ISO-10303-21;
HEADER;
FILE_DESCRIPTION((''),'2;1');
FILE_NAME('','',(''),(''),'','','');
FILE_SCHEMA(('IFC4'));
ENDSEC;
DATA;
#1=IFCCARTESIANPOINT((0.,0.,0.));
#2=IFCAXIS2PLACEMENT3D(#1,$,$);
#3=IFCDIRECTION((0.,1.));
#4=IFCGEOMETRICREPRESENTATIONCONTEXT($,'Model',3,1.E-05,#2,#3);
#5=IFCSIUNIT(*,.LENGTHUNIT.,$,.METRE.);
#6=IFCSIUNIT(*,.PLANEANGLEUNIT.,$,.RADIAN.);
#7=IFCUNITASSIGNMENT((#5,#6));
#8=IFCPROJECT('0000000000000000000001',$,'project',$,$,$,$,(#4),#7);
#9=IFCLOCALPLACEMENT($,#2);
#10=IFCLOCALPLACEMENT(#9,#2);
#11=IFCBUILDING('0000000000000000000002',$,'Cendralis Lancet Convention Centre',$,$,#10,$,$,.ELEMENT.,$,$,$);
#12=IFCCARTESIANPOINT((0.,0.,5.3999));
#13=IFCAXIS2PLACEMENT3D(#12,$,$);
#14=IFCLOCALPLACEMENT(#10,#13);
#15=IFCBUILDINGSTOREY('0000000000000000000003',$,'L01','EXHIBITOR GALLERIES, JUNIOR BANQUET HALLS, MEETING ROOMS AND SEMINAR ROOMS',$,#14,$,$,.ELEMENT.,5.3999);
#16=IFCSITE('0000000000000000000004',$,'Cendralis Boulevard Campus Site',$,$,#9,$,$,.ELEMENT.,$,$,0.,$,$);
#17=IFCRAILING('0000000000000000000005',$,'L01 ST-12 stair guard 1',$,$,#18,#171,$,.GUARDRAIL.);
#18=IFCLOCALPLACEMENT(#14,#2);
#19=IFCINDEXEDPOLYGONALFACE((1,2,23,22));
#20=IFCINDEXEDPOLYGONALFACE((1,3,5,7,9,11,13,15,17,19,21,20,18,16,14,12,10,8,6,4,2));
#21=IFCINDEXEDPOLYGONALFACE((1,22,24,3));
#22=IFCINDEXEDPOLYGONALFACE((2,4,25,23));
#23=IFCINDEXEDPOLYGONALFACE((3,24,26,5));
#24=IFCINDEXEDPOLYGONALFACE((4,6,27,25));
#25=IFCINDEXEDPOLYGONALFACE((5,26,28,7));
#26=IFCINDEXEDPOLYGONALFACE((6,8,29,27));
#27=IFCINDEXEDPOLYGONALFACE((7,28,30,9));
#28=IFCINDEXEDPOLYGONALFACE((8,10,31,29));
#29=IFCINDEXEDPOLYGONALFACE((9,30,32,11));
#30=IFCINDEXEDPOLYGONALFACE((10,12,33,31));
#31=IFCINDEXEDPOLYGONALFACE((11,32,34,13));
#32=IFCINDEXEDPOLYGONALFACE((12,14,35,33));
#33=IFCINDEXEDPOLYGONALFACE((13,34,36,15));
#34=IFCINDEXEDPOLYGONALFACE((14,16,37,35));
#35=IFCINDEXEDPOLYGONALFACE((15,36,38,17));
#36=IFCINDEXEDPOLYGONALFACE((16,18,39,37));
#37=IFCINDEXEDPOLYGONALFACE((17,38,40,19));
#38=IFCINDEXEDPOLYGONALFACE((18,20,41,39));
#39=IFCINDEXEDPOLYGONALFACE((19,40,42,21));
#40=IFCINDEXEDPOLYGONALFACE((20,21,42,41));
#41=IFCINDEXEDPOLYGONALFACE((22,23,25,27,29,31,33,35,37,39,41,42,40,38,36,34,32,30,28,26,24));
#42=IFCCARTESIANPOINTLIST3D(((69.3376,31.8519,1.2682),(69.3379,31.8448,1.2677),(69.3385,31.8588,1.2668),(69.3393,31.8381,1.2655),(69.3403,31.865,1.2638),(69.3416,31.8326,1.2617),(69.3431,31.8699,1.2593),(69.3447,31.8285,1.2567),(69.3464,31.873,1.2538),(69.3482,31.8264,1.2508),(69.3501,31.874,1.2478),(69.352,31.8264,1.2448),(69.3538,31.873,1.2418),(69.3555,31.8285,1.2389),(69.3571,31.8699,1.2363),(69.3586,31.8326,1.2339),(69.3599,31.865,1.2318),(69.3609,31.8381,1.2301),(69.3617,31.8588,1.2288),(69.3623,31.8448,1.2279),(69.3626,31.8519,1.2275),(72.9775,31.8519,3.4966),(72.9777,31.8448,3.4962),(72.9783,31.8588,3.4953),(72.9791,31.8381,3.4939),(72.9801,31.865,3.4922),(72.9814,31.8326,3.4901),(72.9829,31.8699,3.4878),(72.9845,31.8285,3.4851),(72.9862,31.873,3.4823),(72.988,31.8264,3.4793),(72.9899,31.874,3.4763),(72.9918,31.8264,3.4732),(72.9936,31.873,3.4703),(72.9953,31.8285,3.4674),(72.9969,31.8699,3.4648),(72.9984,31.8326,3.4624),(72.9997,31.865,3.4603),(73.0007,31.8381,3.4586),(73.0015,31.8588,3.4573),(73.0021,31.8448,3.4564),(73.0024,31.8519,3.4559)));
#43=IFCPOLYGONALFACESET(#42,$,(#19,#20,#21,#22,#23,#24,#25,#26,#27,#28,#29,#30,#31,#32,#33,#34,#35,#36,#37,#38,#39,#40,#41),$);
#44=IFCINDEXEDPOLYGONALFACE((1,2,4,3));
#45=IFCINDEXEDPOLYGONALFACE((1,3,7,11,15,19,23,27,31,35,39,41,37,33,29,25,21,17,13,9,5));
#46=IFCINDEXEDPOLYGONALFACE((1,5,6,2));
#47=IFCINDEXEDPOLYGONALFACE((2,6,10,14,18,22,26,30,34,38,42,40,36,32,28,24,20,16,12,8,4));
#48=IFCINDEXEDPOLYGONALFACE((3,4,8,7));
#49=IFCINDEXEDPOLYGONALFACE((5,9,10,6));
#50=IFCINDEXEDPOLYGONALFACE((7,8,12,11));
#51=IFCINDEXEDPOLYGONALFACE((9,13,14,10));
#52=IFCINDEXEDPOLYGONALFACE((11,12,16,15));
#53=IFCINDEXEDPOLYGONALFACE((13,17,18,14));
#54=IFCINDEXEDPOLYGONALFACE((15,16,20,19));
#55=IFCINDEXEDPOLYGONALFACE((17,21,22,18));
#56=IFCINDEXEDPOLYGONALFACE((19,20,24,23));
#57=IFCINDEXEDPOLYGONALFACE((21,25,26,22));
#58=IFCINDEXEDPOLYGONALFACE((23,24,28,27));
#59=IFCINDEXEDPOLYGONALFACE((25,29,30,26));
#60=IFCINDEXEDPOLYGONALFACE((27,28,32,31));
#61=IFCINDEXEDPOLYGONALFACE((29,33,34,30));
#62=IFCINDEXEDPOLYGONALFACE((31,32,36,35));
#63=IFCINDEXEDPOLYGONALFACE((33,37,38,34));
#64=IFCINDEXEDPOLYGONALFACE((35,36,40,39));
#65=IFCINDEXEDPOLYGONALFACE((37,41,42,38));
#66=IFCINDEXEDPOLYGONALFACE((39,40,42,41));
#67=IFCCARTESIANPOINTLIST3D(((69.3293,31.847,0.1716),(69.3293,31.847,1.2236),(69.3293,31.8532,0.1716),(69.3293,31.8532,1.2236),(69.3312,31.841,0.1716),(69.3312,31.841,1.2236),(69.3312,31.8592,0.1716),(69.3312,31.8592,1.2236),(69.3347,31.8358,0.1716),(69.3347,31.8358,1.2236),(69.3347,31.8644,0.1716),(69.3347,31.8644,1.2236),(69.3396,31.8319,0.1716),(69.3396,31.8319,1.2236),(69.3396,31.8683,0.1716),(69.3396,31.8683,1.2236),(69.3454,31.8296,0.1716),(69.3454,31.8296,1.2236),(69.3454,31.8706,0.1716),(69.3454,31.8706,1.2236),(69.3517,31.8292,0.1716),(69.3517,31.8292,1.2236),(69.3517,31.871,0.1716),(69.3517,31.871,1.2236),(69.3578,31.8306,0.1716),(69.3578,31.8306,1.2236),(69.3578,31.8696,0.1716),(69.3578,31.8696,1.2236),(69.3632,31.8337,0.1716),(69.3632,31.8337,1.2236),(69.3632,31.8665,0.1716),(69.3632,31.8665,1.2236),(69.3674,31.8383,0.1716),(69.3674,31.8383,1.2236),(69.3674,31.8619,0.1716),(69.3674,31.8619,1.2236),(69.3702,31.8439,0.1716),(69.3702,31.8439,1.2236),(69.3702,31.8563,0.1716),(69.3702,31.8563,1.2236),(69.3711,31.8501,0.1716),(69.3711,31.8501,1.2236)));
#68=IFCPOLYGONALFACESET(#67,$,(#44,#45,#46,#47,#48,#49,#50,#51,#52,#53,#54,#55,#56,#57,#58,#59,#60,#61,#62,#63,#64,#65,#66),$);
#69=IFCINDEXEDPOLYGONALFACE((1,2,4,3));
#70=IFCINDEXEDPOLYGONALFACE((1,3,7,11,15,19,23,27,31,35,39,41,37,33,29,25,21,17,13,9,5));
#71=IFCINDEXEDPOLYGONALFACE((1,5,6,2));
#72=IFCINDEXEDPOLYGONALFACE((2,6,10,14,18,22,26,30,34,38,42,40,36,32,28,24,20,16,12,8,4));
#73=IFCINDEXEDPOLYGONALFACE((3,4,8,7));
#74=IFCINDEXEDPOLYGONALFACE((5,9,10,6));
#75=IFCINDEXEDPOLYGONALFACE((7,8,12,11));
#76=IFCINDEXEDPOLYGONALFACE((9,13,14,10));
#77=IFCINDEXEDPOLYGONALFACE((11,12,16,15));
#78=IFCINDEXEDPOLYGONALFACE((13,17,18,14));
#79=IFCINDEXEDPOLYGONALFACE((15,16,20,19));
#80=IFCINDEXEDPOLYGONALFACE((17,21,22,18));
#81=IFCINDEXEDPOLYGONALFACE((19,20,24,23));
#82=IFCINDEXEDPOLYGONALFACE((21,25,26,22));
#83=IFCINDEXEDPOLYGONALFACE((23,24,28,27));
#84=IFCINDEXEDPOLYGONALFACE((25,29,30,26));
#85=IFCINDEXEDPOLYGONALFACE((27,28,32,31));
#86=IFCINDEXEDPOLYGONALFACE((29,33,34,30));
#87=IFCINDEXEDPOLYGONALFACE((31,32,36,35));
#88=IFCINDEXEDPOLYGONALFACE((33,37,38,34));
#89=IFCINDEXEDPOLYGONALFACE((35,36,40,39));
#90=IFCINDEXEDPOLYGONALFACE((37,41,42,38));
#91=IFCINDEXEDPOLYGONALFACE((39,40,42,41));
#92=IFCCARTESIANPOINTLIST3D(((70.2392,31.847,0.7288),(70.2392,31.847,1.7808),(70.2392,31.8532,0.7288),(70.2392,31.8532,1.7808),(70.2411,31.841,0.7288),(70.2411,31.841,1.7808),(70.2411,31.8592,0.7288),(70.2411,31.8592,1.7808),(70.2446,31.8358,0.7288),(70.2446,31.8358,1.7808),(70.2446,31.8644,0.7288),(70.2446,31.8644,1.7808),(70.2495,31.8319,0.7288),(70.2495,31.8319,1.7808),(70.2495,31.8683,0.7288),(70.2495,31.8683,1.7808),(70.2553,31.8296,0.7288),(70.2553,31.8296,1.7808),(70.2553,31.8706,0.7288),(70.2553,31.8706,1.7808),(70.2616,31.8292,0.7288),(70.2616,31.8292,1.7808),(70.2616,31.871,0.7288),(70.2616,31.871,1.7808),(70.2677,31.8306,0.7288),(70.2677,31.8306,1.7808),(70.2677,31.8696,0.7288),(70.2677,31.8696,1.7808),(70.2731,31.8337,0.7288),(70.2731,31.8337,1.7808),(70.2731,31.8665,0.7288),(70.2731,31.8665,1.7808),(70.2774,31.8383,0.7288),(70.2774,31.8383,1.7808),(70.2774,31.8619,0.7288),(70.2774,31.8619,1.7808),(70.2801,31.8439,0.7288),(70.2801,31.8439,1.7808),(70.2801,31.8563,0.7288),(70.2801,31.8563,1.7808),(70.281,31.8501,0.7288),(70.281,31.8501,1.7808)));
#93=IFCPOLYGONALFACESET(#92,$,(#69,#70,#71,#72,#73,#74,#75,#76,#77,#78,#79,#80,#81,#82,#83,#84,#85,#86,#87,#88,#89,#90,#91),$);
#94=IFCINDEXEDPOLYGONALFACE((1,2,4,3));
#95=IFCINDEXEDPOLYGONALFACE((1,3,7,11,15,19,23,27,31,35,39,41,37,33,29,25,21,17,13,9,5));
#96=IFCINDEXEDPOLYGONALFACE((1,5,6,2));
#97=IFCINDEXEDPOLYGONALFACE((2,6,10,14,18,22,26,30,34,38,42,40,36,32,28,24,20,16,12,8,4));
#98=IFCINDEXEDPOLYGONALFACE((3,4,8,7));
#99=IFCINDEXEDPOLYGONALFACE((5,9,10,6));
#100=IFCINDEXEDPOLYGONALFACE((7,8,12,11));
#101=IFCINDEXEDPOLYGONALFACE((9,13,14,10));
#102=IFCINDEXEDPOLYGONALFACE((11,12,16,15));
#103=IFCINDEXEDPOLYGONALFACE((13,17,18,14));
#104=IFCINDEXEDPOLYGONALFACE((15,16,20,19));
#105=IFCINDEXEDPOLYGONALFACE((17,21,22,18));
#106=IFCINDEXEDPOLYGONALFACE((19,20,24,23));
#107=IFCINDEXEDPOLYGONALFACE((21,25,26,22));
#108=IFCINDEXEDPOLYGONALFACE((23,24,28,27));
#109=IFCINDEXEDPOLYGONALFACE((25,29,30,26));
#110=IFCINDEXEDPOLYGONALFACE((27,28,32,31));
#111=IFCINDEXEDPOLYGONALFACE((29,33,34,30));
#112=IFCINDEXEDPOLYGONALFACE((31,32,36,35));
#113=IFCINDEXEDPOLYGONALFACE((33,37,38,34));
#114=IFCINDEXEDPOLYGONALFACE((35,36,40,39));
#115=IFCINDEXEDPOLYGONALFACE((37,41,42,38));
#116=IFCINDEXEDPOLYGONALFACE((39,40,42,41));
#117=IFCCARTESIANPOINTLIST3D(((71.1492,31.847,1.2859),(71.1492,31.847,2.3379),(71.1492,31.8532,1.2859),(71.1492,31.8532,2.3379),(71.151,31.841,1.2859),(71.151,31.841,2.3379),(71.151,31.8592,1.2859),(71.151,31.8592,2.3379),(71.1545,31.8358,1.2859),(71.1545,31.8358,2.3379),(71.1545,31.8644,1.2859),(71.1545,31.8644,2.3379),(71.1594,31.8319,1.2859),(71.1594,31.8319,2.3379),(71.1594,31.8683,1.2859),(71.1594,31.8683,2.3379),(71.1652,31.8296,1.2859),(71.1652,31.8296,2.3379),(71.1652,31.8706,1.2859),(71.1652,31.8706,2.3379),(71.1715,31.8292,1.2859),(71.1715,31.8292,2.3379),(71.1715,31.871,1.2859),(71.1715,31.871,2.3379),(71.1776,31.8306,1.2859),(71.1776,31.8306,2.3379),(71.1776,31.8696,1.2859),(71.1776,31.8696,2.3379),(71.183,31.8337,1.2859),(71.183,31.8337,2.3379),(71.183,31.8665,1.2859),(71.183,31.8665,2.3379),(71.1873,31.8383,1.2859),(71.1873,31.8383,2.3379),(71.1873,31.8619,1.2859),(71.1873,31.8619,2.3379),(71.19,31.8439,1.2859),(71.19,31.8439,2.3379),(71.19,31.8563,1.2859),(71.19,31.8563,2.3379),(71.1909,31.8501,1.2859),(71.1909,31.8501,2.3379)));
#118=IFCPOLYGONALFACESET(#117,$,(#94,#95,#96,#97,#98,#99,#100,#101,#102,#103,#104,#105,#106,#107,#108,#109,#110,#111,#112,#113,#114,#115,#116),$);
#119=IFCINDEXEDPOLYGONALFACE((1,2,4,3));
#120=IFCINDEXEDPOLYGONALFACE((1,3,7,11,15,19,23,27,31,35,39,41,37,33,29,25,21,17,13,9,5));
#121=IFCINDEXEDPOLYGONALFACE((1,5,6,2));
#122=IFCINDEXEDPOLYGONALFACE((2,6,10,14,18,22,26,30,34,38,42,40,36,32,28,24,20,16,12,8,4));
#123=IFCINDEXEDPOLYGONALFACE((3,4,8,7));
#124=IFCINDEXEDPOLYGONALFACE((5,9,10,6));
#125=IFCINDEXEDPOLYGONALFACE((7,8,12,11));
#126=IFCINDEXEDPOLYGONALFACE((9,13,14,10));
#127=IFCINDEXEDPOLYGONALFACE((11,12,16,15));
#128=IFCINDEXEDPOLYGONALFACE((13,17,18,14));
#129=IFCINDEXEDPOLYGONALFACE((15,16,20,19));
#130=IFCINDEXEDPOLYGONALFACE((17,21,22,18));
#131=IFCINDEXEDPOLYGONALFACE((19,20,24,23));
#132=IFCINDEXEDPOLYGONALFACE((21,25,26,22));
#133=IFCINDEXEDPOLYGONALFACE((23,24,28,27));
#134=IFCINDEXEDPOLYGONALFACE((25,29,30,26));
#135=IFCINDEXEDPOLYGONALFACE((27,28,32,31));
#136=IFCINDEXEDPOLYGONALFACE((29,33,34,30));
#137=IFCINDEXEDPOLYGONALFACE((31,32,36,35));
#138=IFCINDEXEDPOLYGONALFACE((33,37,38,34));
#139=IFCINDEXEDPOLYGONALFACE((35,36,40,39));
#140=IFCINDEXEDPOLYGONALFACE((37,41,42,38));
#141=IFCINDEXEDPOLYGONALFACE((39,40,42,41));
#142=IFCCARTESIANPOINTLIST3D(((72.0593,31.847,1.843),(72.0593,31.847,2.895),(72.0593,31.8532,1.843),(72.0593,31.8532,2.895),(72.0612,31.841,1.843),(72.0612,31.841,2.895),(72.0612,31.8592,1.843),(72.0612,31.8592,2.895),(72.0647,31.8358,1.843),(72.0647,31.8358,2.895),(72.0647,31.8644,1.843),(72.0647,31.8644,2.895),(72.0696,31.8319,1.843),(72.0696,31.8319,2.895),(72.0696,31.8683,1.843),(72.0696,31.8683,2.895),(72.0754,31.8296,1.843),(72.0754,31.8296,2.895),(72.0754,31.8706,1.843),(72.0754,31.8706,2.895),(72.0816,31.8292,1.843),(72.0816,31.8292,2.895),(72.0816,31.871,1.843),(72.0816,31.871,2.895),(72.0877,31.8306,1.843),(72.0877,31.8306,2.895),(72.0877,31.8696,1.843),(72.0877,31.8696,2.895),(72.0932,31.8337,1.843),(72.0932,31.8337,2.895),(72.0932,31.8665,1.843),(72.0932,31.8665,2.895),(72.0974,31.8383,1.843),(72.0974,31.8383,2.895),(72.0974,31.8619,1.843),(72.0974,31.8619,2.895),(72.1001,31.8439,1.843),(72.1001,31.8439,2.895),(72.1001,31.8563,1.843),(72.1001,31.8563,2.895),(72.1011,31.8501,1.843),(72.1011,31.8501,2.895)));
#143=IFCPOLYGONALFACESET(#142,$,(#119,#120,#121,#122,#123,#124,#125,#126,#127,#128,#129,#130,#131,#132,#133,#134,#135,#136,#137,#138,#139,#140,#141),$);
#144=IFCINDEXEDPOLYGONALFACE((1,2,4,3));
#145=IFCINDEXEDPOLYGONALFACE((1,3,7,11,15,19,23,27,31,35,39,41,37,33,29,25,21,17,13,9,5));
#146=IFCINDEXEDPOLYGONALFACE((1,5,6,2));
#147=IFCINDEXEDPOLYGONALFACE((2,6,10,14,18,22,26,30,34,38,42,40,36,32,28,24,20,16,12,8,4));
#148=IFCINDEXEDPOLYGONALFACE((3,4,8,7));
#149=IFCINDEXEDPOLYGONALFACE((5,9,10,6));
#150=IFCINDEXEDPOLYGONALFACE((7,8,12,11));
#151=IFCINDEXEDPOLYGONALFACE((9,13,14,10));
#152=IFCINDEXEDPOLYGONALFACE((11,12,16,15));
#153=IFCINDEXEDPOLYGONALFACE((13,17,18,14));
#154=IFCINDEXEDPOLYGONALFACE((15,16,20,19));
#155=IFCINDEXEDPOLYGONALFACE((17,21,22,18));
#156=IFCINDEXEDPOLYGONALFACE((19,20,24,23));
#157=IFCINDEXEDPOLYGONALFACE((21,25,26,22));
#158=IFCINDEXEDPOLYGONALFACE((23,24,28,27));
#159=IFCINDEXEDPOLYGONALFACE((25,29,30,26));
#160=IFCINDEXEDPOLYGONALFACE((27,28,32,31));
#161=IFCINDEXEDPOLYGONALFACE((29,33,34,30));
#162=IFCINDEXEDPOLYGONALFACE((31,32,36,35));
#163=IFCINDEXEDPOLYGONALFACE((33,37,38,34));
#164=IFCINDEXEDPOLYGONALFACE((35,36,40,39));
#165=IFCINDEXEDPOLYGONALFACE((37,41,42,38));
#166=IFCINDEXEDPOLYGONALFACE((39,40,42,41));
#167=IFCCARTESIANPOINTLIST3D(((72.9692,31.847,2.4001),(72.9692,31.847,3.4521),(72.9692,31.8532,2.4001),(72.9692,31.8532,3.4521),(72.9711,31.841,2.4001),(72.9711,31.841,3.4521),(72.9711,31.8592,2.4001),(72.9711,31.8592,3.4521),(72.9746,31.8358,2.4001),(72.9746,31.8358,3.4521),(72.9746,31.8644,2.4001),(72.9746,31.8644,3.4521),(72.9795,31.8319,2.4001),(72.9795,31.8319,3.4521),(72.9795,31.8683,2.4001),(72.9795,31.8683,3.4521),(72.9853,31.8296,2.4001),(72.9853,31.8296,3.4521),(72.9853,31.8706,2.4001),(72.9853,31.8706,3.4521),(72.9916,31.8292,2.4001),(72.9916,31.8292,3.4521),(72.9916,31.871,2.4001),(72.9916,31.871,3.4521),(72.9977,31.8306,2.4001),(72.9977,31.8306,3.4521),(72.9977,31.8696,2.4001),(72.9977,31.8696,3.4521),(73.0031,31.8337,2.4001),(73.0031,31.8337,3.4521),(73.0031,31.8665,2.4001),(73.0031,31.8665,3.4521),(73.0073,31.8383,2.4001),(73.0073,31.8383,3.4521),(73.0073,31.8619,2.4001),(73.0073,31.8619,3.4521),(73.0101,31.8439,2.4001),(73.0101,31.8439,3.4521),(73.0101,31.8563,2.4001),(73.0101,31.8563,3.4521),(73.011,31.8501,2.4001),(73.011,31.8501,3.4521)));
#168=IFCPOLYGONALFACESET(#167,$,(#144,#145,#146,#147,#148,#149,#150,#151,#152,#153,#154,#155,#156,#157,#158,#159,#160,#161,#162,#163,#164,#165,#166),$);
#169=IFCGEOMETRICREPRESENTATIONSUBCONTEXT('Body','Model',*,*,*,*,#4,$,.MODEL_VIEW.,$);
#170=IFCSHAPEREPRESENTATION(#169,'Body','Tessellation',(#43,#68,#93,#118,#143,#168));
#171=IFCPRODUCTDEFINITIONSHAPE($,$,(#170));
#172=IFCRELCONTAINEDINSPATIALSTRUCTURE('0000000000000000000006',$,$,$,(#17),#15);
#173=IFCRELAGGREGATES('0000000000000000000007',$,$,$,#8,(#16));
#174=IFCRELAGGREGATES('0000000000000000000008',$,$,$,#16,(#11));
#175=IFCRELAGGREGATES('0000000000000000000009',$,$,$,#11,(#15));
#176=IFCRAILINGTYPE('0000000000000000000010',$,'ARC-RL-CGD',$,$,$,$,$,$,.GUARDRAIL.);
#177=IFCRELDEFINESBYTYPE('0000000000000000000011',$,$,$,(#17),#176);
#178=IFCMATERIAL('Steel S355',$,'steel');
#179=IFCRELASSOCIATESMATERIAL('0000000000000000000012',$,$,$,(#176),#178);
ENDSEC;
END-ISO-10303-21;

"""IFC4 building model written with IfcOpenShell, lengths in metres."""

from ifc_helpers import new_model, si_unit, direction, frame, origin, origin_2d, place, context, subcontext, project, spatial, circle, extrude, material, type_object, element, save


model = new_model("IFC4")

# Units and contexts
model_context = context("Model", 3, precision=1e-05, world=origin(), true_north=direction((0.0, 1.0)))
body_context = subcontext(model_context, "Body", "Model", "MODEL_VIEW")
ifc_project = project(units=[si_unit("LENGTHUNIT", "METRE"), si_unit("PLANEANGLEUNIT", "RADIAN")], contexts=[model_context])

# Site, building, storey
site_placement = place(None, origin())
site = spatial("IfcSite", under=ifc_project, at=site_placement, Name="Cendralis Boulevard Campus Site", CompositionType="ELEMENT", RefElevation=0.0)
building_placement = place(site_placement, origin())
building = spatial("IfcBuilding", under=site, at=building_placement, Name="Cendralis Lancet Convention Centre", CompositionType="ELEMENT")
storey_placement = place(building_placement, frame((0.0, 0.0, 5.3999)))
storey = spatial("IfcBuildingStorey", under=building, at=storey_placement, Name="L01", Description="EXHIBITOR GALLERIES, JUNIOR BANQUET HALLS, MEETING ROOMS AND SEMINAR ROOMS", CompositionType="ELEMENT", Elevation=5.3999)

# Shared definitions
ifc_material_1 = material(Name="Steel S355", Category="steel")

# Railing
railing_type_1 = type_object("IfcRailingType", Name="ARC-RL-CGD", PredefinedType="GUARDRAIL", material=ifc_material_1)
railing_1_placement = place(storey_placement, frame((69.3501, 31.8501, 0.1716)))
element("IfcRailing", 1, at=railing_1_placement, inside=storey, type_object=railing_type_1, Name="L01 ST-12 stair guard 1", PredefinedType="GUARDRAIL", context=body_context, shape_type="SweptSolid", body=[
    extrude(circle(Radius=0.0239, at=origin_2d()), frame((0.0, 0.0, 1.0762), z_axis=(0.85285, 0.0, 0.522156), x_axis=(0.0, 1.0, 0.0)), (0.0, 0.0, 1.0), 4.2678),
    extrude(circle(Radius=0.021, at=origin_2d()), origin(), (0.0, 0.0, 1.0), 1.052),
    extrude(circle(Radius=0.021, at=origin_2d()), frame((0.9099, 0.0, 0.5571)), (0.0, 0.0, 1.0), 1.052),
    extrude(circle(Radius=0.021, at=origin_2d()), frame((1.8198, 0.0, 1.1143)), (0.0, 0.0, 1.0), 1.052),
    extrude(circle(Radius=0.021, at=origin_2d()), frame((2.73, 0.0, 1.6714)), (0.0, 0.0, 1.0), 1.052),
    extrude(circle(Radius=0.021, at=origin_2d()), frame((3.6399, 0.0, 2.2285)), (0.0, 0.0, 1.0), 1.052),
])

save(model, "model.ifc")
